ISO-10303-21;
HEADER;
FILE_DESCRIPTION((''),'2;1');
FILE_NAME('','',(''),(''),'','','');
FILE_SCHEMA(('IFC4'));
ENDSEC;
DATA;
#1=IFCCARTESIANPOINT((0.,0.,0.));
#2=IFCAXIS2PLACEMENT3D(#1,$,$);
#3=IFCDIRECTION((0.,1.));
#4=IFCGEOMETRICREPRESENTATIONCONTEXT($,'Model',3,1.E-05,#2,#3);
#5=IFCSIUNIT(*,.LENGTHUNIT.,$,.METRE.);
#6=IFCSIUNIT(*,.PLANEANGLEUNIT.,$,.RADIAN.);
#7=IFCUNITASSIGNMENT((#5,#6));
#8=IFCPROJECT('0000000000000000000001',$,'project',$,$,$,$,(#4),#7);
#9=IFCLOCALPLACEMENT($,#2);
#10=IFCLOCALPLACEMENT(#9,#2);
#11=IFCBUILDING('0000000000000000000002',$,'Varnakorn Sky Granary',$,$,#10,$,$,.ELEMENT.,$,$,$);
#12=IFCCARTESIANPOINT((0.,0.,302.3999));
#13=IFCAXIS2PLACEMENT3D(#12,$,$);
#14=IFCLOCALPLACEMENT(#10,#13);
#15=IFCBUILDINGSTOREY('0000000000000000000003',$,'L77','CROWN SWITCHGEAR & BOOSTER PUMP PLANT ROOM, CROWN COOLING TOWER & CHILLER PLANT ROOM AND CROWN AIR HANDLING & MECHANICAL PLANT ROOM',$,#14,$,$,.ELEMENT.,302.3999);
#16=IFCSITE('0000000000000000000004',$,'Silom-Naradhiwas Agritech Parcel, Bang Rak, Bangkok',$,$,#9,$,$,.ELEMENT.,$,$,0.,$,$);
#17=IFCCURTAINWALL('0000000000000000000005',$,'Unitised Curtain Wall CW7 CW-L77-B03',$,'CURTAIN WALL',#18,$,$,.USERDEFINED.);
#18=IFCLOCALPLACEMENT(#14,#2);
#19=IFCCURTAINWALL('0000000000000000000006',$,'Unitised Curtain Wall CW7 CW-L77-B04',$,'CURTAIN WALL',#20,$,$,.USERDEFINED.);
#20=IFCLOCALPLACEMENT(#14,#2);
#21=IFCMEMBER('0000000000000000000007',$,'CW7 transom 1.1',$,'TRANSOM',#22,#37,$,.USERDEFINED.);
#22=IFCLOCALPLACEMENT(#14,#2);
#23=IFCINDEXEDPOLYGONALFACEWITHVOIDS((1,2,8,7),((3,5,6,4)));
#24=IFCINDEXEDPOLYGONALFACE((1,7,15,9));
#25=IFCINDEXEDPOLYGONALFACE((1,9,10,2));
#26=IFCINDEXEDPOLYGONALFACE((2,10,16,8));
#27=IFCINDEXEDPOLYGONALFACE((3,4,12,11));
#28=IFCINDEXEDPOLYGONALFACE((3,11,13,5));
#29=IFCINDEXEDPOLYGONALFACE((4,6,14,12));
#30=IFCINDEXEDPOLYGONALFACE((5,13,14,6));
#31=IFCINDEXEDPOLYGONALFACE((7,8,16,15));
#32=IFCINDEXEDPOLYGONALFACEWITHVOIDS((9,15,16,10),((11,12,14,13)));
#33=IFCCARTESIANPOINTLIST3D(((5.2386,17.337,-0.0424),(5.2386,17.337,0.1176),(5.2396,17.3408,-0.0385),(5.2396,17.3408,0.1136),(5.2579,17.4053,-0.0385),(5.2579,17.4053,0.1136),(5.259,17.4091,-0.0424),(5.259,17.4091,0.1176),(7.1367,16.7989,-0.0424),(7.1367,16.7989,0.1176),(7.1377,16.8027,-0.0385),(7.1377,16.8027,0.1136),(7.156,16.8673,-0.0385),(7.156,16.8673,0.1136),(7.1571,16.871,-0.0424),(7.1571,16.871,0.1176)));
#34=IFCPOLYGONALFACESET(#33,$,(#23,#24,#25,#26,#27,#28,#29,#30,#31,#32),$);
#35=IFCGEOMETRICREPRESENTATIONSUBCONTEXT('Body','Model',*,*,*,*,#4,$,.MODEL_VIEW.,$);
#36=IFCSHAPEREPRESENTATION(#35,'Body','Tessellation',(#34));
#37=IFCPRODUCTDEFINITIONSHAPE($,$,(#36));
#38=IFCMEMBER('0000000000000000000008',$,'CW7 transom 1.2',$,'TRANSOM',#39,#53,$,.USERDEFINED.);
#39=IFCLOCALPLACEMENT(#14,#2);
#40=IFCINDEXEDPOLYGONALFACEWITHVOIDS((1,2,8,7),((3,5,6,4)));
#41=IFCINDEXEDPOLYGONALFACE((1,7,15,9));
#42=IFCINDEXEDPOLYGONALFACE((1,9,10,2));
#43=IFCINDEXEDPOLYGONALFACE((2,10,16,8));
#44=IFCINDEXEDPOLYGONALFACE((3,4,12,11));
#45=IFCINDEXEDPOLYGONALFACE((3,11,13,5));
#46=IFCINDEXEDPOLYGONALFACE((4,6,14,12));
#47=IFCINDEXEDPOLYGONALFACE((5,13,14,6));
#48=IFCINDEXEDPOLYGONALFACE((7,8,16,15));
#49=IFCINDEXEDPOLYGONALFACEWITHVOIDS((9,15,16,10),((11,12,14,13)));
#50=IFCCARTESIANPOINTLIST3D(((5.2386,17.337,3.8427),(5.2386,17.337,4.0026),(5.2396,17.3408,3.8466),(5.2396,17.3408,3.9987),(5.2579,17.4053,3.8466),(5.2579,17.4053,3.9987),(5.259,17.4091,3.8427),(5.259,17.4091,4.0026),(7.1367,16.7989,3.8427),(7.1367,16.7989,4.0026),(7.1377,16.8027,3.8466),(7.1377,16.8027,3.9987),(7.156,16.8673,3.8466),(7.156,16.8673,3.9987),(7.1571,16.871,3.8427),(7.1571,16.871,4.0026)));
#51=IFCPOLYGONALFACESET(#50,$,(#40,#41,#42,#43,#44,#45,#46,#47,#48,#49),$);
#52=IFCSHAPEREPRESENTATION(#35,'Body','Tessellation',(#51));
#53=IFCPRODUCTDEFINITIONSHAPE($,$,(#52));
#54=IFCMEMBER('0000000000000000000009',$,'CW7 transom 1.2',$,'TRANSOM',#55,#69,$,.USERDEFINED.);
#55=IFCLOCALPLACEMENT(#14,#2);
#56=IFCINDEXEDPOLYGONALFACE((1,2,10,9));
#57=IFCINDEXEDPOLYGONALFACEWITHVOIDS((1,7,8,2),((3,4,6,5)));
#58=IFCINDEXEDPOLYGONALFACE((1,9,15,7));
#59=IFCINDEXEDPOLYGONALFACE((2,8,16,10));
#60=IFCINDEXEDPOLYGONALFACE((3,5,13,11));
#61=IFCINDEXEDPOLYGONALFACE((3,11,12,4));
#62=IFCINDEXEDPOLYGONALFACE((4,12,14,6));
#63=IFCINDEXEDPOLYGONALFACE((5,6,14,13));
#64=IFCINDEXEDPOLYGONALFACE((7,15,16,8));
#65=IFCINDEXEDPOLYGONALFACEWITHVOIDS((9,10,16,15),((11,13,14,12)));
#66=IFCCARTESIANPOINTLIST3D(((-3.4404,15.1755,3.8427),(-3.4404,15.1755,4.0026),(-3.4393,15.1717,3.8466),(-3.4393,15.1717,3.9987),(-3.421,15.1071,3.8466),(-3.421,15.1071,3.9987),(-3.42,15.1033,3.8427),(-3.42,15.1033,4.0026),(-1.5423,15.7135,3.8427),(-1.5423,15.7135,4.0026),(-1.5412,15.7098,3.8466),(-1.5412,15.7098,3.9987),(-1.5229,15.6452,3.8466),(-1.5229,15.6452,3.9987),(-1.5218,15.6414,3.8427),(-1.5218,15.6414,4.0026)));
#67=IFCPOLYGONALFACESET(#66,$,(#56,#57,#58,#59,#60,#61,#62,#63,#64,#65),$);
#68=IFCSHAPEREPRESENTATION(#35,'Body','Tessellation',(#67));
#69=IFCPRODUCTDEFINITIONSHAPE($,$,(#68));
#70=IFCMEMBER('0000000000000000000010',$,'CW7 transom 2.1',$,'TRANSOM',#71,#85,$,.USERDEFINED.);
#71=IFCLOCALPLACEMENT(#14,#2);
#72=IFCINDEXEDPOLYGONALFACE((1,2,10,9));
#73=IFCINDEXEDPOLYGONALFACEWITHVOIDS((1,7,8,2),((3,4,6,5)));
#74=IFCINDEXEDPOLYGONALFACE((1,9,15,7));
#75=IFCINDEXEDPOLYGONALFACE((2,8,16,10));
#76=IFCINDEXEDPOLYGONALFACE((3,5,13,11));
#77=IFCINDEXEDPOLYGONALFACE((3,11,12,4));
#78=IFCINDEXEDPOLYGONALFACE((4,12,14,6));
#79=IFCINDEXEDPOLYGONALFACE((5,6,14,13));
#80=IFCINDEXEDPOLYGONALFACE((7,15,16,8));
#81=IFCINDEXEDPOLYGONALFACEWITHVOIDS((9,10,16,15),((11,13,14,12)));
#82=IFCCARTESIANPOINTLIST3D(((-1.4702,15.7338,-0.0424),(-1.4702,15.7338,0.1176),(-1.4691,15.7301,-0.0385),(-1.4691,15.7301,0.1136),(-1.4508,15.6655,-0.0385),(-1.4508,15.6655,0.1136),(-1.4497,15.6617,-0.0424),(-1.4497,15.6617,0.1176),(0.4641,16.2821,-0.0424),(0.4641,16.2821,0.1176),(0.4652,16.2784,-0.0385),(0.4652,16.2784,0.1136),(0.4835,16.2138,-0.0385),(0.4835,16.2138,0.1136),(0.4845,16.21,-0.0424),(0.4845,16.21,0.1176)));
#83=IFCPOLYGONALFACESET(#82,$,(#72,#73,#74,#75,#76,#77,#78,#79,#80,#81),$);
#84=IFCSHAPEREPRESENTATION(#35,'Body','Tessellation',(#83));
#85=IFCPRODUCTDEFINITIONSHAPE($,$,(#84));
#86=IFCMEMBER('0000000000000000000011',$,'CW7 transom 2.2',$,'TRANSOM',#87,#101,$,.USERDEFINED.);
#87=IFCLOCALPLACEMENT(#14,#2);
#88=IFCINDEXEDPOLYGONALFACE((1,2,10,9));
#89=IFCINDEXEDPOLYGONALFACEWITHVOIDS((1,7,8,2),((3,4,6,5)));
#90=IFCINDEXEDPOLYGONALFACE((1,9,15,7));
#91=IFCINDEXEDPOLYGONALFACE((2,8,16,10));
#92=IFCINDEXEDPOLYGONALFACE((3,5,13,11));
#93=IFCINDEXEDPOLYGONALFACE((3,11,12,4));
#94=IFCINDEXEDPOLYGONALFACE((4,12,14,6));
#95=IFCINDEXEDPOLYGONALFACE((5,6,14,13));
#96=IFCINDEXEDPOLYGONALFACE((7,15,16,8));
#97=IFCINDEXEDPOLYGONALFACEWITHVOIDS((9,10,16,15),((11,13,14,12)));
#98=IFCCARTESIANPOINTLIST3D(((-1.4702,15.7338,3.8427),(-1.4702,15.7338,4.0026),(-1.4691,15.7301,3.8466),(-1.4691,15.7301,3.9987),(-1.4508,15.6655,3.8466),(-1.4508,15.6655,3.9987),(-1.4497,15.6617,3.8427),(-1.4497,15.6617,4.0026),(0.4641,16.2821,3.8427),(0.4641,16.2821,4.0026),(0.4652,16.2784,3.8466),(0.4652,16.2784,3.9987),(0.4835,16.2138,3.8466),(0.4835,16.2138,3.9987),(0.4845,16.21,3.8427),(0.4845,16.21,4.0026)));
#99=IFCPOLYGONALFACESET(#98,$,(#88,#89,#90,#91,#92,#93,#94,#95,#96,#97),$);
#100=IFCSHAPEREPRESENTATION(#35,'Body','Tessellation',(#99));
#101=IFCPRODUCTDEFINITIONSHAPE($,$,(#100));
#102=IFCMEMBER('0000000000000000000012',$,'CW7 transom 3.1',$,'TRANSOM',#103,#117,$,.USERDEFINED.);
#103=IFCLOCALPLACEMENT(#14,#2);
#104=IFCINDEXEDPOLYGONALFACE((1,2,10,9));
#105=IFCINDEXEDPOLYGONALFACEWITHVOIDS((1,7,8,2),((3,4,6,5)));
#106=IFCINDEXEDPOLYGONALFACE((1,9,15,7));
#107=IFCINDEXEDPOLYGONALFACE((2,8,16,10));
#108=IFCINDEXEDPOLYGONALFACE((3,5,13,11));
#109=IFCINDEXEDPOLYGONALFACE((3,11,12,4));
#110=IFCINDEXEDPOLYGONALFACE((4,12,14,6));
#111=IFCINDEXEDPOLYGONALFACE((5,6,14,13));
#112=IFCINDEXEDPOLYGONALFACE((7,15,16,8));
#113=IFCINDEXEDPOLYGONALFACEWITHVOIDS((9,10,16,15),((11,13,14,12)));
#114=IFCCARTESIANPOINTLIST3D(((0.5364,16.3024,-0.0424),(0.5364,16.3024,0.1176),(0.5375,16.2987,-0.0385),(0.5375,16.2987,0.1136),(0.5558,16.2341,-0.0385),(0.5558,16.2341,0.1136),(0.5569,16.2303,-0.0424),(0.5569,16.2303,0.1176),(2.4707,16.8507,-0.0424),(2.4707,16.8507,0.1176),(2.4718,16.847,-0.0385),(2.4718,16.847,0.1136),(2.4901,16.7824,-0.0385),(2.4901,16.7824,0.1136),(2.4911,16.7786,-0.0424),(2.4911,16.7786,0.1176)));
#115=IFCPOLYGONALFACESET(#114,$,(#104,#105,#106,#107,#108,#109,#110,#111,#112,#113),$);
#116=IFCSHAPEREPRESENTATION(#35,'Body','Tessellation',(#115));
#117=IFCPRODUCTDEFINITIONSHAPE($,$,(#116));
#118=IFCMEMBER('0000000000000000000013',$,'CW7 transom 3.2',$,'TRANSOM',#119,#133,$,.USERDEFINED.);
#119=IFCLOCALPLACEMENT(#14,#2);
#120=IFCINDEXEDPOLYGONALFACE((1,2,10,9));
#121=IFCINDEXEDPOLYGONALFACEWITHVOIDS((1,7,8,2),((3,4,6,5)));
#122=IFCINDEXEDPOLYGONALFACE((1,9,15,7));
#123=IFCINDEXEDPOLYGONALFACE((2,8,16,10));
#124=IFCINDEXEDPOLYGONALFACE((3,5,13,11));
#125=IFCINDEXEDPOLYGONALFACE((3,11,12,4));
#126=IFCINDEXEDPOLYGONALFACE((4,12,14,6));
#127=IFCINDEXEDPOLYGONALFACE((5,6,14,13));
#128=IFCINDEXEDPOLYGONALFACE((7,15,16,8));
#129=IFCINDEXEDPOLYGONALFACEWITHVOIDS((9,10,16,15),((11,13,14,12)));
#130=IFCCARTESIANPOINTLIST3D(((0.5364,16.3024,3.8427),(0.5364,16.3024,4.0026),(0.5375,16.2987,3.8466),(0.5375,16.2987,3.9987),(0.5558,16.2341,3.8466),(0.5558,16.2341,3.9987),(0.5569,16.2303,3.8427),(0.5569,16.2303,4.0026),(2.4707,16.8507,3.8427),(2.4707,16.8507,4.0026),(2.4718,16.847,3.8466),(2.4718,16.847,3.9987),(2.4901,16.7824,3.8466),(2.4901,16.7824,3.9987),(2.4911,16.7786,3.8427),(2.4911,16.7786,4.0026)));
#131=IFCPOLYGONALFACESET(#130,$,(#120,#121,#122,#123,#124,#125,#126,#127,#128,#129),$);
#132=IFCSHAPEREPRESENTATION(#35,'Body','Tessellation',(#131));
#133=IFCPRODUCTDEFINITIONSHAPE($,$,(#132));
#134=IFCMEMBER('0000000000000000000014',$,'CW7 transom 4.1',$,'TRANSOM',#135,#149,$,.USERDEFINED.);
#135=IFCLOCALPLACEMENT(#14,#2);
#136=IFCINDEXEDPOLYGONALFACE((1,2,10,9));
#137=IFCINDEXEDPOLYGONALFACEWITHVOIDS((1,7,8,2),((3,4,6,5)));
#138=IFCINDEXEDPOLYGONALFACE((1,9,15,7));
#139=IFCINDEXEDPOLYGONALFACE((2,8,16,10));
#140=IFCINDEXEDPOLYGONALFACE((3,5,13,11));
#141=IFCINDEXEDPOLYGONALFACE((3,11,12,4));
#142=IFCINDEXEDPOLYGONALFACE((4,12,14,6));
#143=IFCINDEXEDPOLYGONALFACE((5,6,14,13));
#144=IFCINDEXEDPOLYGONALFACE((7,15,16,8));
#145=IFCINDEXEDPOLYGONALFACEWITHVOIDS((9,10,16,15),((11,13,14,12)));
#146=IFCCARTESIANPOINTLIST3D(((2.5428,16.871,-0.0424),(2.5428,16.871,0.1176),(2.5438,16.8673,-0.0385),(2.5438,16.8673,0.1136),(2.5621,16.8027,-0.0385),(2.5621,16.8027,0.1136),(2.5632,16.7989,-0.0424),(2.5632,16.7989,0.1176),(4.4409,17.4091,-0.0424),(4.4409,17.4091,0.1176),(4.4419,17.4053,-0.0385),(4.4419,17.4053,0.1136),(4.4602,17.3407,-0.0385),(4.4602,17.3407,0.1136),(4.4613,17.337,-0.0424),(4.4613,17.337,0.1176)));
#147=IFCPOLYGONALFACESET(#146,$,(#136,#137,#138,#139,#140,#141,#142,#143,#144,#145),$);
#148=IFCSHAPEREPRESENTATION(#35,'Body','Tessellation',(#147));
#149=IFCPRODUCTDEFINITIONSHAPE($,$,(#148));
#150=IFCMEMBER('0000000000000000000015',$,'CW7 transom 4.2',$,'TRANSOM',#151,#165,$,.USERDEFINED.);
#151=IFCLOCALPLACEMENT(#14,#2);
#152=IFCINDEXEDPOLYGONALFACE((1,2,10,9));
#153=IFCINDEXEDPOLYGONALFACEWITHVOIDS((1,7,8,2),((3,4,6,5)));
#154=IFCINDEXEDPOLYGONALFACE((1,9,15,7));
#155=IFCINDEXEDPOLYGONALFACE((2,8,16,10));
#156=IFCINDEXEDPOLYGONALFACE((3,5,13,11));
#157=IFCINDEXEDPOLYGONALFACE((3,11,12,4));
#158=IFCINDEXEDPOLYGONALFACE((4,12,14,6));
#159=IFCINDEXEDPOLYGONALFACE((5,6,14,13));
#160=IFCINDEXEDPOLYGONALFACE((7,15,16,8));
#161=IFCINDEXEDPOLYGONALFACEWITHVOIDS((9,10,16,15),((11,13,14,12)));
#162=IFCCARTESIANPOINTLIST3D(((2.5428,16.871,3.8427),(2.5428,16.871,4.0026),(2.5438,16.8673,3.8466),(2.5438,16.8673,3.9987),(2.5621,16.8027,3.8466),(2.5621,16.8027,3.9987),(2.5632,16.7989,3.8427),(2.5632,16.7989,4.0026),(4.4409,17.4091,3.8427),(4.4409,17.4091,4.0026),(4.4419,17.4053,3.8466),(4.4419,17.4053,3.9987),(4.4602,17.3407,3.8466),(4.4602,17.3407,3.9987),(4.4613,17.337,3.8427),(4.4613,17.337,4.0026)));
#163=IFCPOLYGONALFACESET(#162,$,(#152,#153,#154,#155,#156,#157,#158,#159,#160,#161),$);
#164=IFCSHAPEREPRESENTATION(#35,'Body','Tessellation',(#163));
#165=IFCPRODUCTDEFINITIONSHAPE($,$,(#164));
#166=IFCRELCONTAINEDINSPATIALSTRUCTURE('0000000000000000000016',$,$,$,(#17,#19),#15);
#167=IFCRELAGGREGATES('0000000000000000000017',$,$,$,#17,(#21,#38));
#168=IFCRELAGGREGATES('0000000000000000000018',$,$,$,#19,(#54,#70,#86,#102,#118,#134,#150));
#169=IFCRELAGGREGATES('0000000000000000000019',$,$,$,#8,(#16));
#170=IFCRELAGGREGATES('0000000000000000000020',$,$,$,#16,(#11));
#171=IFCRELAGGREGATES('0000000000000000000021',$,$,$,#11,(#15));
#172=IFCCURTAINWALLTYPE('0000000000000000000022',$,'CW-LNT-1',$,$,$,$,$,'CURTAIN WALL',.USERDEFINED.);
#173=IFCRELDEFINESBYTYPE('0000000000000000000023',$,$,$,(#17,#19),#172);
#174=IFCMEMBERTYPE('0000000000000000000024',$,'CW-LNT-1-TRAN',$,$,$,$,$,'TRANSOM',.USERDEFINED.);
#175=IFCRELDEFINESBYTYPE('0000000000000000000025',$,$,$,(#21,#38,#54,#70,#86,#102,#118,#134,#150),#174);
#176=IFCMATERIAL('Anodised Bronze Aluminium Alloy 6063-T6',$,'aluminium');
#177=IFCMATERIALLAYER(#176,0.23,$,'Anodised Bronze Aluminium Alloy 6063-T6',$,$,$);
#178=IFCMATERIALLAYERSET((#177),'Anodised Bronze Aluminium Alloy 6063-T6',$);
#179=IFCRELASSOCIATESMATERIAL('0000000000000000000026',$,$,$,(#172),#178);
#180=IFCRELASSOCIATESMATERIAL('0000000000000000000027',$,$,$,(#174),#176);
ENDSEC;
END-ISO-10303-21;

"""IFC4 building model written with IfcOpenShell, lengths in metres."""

from ifc_helpers import new_model, si_unit, direction, frame, origin, origin_2d, place, context, subcontext, project, spatial, hollow_rectangle, extrude, material, layer, layer_set, material_profile, profile_set, type_object, element, aggregate, save


model = new_model("IFC4")

# Units and contexts
model_context = context("Model", 3, precision=1e-05, world=origin(), true_north=direction((0.0, 1.0)))
body_context = subcontext(model_context, "Body", "Model", "MODEL_VIEW")
ifc_project = project(units=[si_unit("LENGTHUNIT", "METRE"), si_unit("PLANEANGLEUNIT", "RADIAN")], contexts=[model_context])

# Site, building, storey
site_placement = place(None, origin())
site = spatial("IfcSite", under=ifc_project, at=site_placement, Name="Silom-Naradhiwas Agritech Parcel, Bang Rak, Bangkok", CompositionType="ELEMENT", RefElevation=0.0)
building_placement = place(site_placement, origin())
building = spatial("IfcBuilding", under=site, at=building_placement, Name="Varnakorn Sky Granary", CompositionType="ELEMENT")
storey_placement = place(building_placement, frame((0.0, 0.0, 302.3999)))
storey = spatial("IfcBuildingStorey", under=building, at=storey_placement, Name="L77", Description="CROWN SWITCHGEAR & BOOSTER PUMP PLANT ROOM, CROWN COOLING TOWER & CHILLER PLANT ROOM AND CROWN AIR HANDLING & MECHANICAL PLANT ROOM", CompositionType="ELEMENT", Elevation=302.3999)

# Curtain wall
ifc_material_1 = material(Name="Anodised Bronze Aluminium Alloy 6063-T6", Category="aluminium")
ifc_layer_1 = layer(ifc_material_1, 0.23, Name="Anodised Bronze Aluminium Alloy 6063-T6")
ifc_layer_set_1 = layer_set([ifc_layer_1], Name="Anodised Bronze Aluminium Alloy 6063-T6")
curtain_wall_type = type_object("IfcCurtainWallType", Name="CW-LNT-1", ElementType="CURTAIN WALL", PredefinedType="USERDEFINED", material=ifc_layer_set_1)
curtain_wall_1_placement = place(storey_placement, origin())
curtain_wall_1 = element("IfcCurtainWall", 1, at=curtain_wall_1_placement, inside=storey, type_object=curtain_wall_type, Name="Unitised Curtain Wall CW7 CW-L77-B03", ObjectType="CURTAIN WALL", PredefinedType="USERDEFINED")

# Curtain wall
curtain_wall_2_placement = place(storey_placement, origin())
curtain_wall_2 = element("IfcCurtainWall", 2, at=curtain_wall_2_placement, inside=storey, type_object=curtain_wall_type, Name="Unitised Curtain Wall CW7 CW-L77-B04", ObjectType="CURTAIN WALL", PredefinedType="USERDEFINED")

# Members
ifc_material_profile_1 = material_profile(ifc_material_1, hollow_rectangle(XDim=0.075, YDim=0.1599, WallThickness=0.0039, at=origin_2d()), Name="ALU TRAN 75x160")
ifc_profile_set_1 = profile_set([ifc_material_profile_1], Name="Anodised Bronze Aluminium Alloy 6063-T6")
member_type_1 = type_object("IfcMemberType", Name="CW-LNT-1-TRAN", ElementType="TRANSOM", PredefinedType="USERDEFINED", material=ifc_profile_set_1)
member_1_placement = place(storey_placement, frame((5.2488, 17.373, 0.0376), z_axis=(0.962092, -0.272727, 0.0), x_axis=(0.272727, 0.962092, 0.0)))
member_1 = element("IfcMember", 3, at=member_1_placement, type_object=member_type_1, Name="CW7 transom 1.1", ObjectType="TRANSOM", PredefinedType="USERDEFINED", context=body_context, shape_type="SweptSolid", body=[
    extrude(hollow_rectangle(XDim=0.075, YDim=0.1599, WallThickness=0.0039, at=origin_2d()), origin(), (0.0, 0.0, 1.0), 1.9729),
])
member_2_placement = place(storey_placement, frame((5.2488, 17.373, 3.9226), z_axis=(0.962092, -0.272727, 0.0), x_axis=(0.272727, 0.962092, 0.0)))
member_2 = element("IfcMember", 4, at=member_2_placement, type_object=member_type_1, Name="CW7 transom 1.2", ObjectType="TRANSOM", PredefinedType="USERDEFINED", context=body_context, shape_type="SweptSolid", body=[
    extrude(hollow_rectangle(XDim=0.075, YDim=0.1599, WallThickness=0.0039, at=origin_2d()), origin(), (0.0, 0.0, 1.0), 1.9729),
])
aggregate(curtain_wall_1, [member_1, member_2])
member_3_placement = place(storey_placement, frame((-3.4302, 15.1394, 3.9226), z_axis=(0.962092, 0.272727, 0.0), x_axis=(-0.272727, 0.962092, 0.0)))
member_3 = element("IfcMember", 5, at=member_3_placement, type_object=member_type_1, Name="CW7 transom 1.2", ObjectType="TRANSOM", PredefinedType="USERDEFINED", context=body_context, shape_type="SweptSolid", body=[
    extrude(hollow_rectangle(XDim=0.075, YDim=0.1599, WallThickness=0.0039, at=origin_2d()), origin(), (0.0, 0.0, 1.0), 1.9729),
])
member_4_placement = place(storey_placement, frame((-1.46, 15.6978, 0.0376), z_axis=(0.96209, 0.272732, 0.0), x_axis=(-0.272732, 0.96209, 0.0)))
member_4 = element("IfcMember", 6, at=member_4_placement, type_object=member_type_1, Name="CW7 transom 2.1", ObjectType="TRANSOM", PredefinedType="USERDEFINED", context=body_context, shape_type="SweptSolid", body=[
    extrude(hollow_rectangle(XDim=0.075, YDim=0.1599, WallThickness=0.0039, at=origin_2d()), origin(), (0.0, 0.0, 1.0), 2.0105),
])
member_5_placement = place(storey_placement, frame((-1.46, 15.6978, 3.9226), z_axis=(0.96209, 0.272732, 0.0), x_axis=(-0.272732, 0.96209, 0.0)))
member_5 = element("IfcMember", 7, at=member_5_placement, type_object=member_type_1, Name="CW7 transom 2.2", ObjectType="TRANSOM", PredefinedType="USERDEFINED", context=body_context, shape_type="SweptSolid", body=[
    extrude(hollow_rectangle(XDim=0.075, YDim=0.1599, WallThickness=0.0039, at=origin_2d()), origin(), (0.0, 0.0, 1.0), 2.0105),
])
member_6_placement = place(storey_placement, frame((0.5466, 16.2664, 0.0376), z_axis=(0.96209, 0.272732, 0.0), x_axis=(-0.272732, 0.96209, 0.0)))
member_6 = element("IfcMember", 8, at=member_6_placement, type_object=member_type_1, Name="CW7 transom 3.1", ObjectType="TRANSOM", PredefinedType="USERDEFINED", context=body_context, shape_type="SweptSolid", body=[
    extrude(hollow_rectangle(XDim=0.075, YDim=0.1599, WallThickness=0.0039, at=origin_2d()), origin(), (0.0, 0.0, 1.0), 2.0105),
])
member_7_placement = place(storey_placement, frame((0.5466, 16.2664, 3.9226), z_axis=(0.96209, 0.272732, 0.0), x_axis=(-0.272732, 0.96209, 0.0)))
member_7 = element("IfcMember", 9, at=member_7_placement, type_object=member_type_1, Name="CW7 transom 3.2", ObjectType="TRANSOM", PredefinedType="USERDEFINED", context=body_context, shape_type="SweptSolid", body=[
    extrude(hollow_rectangle(XDim=0.075, YDim=0.1599, WallThickness=0.0039, at=origin_2d()), origin(), (0.0, 0.0, 1.0), 2.0105),
])
member_8_placement = place(storey_placement, frame((2.553, 16.835, 0.0376), z_axis=(0.962092, 0.272727, 0.0), x_axis=(-0.272727, 0.962092, 0.0)))
member_8 = element("IfcMember", 10, at=member_8_placement, type_object=member_type_1, Name="CW7 transom 4.1", ObjectType="TRANSOM", PredefinedType="USERDEFINED", context=body_context, shape_type="SweptSolid", body=[
    extrude(hollow_rectangle(XDim=0.075, YDim=0.1599, WallThickness=0.0039, at=origin_2d()), origin(), (0.0, 0.0, 1.0), 1.9729),
])
member_9_placement = place(storey_placement, frame((2.553, 16.835, 3.9226), z_axis=(0.962092, 0.272727, 0.0), x_axis=(-0.272727, 0.962092, 0.0)))
member_9 = element("IfcMember", 11, at=member_9_placement, type_object=member_type_1, Name="CW7 transom 4.2", ObjectType="TRANSOM", PredefinedType="USERDEFINED", context=body_context, shape_type="SweptSolid", body=[
    extrude(hollow_rectangle(XDim=0.075, YDim=0.1599, WallThickness=0.0039, at=origin_2d()), origin(), (0.0, 0.0, 1.0), 1.9729),
])

aggregate(curtain_wall_2, [member_3, member_4, member_5, member_6, member_7, member_8, member_9])

save(model, "model.ifc")
